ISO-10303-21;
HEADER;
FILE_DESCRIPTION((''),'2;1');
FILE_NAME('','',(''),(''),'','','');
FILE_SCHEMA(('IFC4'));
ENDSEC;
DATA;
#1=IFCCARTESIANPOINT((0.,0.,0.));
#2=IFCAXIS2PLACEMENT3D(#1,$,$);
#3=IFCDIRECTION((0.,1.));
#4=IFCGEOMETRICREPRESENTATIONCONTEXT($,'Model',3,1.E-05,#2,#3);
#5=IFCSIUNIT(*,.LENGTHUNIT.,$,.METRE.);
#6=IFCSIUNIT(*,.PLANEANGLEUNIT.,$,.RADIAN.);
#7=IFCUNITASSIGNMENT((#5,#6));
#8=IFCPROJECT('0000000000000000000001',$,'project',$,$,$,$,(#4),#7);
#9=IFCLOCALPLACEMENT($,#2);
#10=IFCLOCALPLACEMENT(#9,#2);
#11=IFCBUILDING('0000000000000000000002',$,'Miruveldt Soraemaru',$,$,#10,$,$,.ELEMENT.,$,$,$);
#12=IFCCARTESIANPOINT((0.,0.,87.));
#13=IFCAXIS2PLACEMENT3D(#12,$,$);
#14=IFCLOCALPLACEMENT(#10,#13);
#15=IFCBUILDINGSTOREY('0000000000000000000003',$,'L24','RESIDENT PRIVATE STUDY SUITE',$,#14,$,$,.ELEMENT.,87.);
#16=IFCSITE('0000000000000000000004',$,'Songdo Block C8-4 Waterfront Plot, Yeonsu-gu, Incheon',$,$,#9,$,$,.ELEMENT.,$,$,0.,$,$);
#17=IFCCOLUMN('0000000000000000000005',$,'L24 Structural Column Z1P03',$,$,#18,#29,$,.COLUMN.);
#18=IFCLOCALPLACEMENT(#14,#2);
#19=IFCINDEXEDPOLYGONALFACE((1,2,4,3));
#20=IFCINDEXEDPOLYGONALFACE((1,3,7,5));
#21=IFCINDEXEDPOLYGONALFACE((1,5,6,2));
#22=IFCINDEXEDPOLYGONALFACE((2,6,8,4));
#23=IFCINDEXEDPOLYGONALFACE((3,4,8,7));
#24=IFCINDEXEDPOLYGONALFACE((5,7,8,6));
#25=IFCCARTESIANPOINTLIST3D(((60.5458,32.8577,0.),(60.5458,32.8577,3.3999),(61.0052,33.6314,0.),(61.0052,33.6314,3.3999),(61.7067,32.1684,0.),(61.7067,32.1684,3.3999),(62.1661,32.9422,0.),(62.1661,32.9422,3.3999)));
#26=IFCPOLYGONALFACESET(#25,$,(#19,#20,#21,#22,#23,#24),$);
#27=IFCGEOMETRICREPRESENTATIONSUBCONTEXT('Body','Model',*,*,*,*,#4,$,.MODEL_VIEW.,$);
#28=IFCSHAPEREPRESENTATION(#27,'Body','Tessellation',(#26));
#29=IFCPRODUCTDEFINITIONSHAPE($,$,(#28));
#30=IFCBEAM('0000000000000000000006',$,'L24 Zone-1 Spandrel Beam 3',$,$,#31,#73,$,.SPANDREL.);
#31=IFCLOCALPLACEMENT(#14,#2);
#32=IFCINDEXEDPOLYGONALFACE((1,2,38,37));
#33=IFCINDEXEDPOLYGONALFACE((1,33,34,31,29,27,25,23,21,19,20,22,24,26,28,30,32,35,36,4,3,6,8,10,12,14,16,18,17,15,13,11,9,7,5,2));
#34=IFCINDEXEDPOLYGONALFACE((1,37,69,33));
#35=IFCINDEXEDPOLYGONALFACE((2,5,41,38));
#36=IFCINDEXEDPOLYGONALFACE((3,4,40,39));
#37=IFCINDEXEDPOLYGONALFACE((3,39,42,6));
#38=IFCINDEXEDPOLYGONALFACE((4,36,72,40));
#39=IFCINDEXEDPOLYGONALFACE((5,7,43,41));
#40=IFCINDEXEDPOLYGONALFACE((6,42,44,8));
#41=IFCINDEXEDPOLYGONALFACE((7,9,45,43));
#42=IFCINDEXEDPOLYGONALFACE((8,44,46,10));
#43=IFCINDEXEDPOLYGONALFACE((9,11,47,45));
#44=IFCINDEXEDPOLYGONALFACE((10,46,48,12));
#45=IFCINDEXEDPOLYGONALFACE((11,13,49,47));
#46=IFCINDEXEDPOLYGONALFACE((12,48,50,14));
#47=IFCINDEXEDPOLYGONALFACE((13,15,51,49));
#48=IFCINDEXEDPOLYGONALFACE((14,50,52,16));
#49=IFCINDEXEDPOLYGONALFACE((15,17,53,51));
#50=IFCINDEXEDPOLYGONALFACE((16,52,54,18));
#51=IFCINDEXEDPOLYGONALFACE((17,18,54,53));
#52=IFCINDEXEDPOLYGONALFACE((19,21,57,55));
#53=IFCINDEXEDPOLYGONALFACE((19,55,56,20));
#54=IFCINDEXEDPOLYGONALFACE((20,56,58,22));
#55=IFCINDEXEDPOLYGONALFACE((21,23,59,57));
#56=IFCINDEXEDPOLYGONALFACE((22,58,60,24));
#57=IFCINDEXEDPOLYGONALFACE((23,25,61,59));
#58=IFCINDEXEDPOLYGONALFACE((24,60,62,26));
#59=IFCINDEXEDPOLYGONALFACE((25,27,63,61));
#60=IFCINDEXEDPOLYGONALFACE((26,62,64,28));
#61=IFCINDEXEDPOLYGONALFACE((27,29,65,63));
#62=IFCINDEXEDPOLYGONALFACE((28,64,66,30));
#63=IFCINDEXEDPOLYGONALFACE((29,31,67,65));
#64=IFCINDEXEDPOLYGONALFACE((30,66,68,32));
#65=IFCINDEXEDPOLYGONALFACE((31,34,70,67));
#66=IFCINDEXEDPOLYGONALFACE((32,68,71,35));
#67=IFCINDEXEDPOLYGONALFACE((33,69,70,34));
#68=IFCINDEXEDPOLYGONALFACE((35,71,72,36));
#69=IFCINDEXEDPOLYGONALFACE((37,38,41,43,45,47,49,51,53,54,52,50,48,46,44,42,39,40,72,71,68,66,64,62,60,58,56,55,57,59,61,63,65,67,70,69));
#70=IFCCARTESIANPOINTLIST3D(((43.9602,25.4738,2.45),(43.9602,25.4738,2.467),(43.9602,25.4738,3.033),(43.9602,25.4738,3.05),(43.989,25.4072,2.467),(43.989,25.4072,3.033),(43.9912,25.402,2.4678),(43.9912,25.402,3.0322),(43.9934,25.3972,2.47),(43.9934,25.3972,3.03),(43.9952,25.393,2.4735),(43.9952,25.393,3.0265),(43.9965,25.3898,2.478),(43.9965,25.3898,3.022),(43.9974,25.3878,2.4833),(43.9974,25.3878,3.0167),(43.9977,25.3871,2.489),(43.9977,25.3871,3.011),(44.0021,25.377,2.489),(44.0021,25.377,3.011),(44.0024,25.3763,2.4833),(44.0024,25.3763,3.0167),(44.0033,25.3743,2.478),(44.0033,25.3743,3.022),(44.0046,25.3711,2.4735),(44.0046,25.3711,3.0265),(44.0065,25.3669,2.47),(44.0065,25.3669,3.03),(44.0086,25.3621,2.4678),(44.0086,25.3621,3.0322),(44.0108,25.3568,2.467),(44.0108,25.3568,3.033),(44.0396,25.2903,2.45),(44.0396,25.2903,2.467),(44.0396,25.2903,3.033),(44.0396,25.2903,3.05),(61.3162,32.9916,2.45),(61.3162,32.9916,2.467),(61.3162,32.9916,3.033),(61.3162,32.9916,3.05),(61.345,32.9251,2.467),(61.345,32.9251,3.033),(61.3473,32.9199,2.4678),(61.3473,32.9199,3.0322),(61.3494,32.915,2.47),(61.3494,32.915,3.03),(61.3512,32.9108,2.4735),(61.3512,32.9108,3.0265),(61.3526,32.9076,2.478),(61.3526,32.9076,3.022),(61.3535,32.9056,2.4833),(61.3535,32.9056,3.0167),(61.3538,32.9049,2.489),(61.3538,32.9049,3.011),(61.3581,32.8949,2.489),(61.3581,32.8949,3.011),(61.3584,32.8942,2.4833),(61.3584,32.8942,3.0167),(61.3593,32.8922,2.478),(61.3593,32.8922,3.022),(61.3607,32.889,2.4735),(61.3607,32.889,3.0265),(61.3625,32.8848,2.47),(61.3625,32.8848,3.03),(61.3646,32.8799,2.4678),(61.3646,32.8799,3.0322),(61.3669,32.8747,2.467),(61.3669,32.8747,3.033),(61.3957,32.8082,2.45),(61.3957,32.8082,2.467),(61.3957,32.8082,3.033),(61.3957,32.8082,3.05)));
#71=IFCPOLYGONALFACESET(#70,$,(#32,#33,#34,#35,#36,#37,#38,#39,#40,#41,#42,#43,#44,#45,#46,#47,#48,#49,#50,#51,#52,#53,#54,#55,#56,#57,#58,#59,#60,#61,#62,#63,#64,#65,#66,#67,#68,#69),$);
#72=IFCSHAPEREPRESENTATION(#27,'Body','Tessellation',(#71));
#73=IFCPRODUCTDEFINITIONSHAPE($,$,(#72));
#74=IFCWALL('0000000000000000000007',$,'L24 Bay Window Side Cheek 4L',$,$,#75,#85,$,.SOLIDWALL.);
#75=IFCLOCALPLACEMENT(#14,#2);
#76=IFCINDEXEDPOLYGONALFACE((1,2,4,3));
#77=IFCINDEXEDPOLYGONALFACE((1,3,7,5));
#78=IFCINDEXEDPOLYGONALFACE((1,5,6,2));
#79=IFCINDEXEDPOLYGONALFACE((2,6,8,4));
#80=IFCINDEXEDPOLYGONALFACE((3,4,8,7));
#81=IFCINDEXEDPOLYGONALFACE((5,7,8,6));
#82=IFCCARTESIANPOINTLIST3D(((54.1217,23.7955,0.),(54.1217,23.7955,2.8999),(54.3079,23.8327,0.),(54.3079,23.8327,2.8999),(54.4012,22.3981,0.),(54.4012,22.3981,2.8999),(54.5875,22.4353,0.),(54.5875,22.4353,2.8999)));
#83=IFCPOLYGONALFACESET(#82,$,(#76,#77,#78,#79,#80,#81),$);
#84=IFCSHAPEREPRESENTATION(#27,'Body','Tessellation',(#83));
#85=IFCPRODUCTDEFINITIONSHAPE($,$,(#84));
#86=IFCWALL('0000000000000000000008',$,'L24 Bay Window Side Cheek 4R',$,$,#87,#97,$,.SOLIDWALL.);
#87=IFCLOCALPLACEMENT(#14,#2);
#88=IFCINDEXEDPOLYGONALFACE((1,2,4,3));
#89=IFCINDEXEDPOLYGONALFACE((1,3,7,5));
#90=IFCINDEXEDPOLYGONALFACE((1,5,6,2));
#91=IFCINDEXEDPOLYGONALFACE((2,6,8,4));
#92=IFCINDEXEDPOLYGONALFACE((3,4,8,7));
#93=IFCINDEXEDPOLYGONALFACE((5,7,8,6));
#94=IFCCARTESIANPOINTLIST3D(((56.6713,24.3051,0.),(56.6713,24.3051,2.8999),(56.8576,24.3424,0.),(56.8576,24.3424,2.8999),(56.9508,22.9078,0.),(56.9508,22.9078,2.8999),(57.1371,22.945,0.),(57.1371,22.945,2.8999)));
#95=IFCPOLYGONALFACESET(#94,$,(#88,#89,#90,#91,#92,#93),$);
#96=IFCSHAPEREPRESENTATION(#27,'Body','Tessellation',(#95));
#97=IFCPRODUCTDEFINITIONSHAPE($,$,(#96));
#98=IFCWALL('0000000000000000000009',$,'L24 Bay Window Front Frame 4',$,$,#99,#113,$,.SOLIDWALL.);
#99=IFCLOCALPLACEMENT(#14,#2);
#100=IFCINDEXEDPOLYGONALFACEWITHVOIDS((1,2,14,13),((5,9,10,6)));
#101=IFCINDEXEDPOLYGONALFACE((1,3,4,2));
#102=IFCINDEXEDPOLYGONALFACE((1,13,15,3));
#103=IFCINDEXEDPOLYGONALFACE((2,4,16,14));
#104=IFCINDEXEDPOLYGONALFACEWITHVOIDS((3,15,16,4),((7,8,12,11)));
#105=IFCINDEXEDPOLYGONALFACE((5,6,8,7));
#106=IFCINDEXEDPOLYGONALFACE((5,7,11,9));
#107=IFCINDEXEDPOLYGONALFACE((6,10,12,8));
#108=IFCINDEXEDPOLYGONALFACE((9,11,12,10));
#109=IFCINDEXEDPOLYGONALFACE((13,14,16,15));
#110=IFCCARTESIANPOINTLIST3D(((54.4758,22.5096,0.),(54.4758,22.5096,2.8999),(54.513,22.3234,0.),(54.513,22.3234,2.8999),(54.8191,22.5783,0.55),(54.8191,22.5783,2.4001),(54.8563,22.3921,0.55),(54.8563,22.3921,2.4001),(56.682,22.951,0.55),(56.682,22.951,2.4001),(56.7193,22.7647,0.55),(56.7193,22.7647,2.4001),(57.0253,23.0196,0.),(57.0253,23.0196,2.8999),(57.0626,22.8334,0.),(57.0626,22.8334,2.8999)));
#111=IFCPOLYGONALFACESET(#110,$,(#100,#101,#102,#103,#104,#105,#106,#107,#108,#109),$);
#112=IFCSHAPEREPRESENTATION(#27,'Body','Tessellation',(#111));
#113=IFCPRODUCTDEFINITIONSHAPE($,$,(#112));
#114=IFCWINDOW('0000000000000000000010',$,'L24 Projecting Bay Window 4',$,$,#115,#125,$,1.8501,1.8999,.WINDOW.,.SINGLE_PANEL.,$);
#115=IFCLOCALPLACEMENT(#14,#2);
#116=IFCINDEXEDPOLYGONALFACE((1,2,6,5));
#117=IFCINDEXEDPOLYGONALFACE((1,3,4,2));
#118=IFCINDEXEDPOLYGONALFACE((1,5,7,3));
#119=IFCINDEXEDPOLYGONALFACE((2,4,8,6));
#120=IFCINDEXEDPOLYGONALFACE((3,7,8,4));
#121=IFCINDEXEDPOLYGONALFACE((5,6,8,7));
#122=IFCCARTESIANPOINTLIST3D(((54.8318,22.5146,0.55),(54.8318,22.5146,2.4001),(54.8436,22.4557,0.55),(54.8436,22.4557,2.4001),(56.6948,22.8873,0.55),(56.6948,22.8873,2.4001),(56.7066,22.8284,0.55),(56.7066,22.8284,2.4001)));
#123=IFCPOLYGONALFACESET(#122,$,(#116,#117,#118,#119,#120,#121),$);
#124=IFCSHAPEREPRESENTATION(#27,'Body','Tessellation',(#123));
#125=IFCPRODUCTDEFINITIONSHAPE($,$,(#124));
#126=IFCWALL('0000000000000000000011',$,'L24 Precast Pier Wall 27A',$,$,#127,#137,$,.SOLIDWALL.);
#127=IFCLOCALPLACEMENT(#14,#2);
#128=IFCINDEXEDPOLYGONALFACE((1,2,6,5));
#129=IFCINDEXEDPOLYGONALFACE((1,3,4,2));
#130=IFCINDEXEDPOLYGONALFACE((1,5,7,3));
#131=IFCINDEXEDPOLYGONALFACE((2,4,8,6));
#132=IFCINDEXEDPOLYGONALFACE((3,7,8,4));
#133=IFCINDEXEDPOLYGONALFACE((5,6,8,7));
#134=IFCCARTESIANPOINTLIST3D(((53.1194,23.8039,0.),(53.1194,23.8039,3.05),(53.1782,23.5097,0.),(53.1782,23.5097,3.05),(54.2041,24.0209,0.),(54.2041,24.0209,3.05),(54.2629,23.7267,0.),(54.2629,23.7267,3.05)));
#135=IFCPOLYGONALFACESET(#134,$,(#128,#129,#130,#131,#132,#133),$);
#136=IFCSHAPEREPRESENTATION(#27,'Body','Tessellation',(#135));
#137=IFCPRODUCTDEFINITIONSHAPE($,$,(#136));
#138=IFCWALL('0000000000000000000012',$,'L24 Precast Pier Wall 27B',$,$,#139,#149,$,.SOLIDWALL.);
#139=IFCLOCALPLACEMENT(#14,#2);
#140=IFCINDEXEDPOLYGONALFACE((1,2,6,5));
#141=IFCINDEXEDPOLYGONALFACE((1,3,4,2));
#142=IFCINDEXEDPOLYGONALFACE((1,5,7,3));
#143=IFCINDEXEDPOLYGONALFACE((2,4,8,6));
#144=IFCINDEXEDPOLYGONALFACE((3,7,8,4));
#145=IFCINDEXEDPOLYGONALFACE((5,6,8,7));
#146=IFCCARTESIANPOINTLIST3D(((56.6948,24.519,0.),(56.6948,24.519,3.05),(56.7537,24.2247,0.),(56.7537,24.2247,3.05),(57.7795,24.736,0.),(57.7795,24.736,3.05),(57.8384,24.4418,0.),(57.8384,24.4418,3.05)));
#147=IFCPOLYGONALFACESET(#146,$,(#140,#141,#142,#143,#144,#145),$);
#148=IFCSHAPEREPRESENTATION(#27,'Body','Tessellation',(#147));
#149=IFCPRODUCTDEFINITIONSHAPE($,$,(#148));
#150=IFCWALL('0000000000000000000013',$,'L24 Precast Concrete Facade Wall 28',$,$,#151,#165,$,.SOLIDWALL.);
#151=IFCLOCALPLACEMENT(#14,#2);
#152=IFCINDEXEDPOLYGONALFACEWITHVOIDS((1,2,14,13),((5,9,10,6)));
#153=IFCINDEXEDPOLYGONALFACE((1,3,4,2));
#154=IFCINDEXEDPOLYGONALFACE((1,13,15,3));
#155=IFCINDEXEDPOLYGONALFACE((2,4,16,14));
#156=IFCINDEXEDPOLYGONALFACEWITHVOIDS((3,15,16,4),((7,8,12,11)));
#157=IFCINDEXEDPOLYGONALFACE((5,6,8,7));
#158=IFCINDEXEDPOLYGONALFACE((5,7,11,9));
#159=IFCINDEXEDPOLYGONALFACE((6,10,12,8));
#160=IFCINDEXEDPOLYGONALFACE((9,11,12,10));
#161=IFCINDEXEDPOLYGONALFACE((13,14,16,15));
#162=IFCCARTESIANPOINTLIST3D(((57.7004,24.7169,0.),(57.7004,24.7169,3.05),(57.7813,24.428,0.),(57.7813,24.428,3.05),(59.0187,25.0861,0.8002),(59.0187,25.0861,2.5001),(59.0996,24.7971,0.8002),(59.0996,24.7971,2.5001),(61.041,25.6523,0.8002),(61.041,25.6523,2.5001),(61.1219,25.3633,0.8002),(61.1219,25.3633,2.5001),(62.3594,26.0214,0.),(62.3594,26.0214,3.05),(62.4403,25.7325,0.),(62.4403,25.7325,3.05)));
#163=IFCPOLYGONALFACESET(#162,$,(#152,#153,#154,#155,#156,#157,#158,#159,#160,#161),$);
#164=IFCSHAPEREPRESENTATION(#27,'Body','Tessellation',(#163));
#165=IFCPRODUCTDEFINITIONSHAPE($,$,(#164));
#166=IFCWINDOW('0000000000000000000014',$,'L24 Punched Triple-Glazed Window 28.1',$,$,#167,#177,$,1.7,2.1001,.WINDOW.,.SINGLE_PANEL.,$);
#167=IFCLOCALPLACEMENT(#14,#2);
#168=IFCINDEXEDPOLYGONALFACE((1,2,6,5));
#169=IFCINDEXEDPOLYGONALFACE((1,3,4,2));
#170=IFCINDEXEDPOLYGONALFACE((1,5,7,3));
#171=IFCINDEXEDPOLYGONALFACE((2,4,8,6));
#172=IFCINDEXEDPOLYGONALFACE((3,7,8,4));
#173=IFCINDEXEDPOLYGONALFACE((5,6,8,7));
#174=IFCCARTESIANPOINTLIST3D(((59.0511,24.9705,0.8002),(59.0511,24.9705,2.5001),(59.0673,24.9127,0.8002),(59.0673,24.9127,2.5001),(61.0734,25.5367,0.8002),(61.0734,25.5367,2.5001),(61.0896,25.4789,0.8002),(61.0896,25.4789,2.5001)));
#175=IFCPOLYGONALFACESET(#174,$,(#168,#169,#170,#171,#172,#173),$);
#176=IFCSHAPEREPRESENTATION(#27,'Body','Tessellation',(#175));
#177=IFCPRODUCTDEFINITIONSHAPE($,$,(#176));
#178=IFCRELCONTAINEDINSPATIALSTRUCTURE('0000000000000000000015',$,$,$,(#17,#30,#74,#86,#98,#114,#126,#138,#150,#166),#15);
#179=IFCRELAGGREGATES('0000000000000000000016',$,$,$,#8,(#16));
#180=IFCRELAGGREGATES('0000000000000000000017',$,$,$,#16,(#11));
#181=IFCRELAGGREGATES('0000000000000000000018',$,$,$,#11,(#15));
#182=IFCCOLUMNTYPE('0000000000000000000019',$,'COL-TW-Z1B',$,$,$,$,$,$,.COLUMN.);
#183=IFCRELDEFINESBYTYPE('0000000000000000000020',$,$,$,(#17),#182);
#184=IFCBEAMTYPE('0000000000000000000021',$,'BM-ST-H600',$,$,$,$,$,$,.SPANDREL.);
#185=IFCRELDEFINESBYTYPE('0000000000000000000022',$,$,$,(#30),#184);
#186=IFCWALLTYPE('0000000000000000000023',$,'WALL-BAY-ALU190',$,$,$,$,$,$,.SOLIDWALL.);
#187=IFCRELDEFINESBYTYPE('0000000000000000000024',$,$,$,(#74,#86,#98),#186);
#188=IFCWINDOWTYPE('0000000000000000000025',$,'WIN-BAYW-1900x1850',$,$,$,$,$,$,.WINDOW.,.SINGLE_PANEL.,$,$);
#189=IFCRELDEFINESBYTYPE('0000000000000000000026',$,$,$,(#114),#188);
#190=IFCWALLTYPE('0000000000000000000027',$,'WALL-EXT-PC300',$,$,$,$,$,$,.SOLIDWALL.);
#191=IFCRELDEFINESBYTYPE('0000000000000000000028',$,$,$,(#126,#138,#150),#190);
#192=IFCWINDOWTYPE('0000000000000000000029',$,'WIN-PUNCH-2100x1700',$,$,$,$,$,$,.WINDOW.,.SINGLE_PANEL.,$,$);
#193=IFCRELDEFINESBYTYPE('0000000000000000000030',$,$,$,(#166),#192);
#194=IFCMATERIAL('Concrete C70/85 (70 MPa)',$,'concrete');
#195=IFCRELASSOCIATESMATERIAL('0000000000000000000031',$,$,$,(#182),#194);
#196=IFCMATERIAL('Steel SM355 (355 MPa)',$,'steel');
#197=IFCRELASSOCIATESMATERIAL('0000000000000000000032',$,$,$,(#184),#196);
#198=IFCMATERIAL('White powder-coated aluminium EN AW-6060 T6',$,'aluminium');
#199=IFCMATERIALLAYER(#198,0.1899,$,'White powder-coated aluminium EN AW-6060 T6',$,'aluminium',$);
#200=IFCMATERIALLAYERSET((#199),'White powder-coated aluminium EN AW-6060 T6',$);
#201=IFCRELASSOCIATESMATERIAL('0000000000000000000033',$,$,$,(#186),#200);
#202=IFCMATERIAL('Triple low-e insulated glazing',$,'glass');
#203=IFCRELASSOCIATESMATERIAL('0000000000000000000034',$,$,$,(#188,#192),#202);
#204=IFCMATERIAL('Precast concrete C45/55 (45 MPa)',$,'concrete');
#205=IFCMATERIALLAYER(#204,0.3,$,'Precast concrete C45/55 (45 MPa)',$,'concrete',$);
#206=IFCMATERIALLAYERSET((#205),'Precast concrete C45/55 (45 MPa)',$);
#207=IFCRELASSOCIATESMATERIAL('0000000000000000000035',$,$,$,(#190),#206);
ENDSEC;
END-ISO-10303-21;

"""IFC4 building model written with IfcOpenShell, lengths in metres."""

from ifc_helpers import new_model, si_unit, direction, frame, frame_2d, origin, origin_2d, place, context, subcontext, project, spatial, rectangle, i_section, extrude, material, layer, layer_set, material_profile, profile_set, type_object, element, fill, save


model = new_model("IFC4")

# Units and contexts
model_context = context("Model", 3, precision=1e-05, world=origin(), true_north=direction((0.0, 1.0)))
body_context = subcontext(model_context, "Body", "Model", "MODEL_VIEW")
ifc_project = project(units=[si_unit("LENGTHUNIT", "METRE"), si_unit("PLANEANGLEUNIT", "RADIAN")], contexts=[model_context])

# Site, building, storey
site_placement = place(None, origin())
site = spatial("IfcSite", under=ifc_project, at=site_placement, Name="Songdo Block C8-4 Waterfront Plot, Yeonsu-gu, Incheon", CompositionType="ELEMENT", RefElevation=0.0)
building_placement = place(site_placement, origin())
building = spatial("IfcBuilding", under=site, at=building_placement, Name="Miruveldt Soraemaru", CompositionType="ELEMENT")
storey_placement = place(building_placement, frame((0.0, 0.0, 87.0)))
storey = spatial("IfcBuildingStorey", under=building, at=storey_placement, Name="L24", Description="RESIDENT PRIVATE STUDY SUITE", CompositionType="ELEMENT", Elevation=87.0)

# Column
ifc_material_1 = material(Name="Concrete C70/85 (70 MPa)", Category="concrete")
ifc_material_profile_1 = material_profile(ifc_material_1, rectangle(XDim=1.3501, YDim=0.8999, at=origin_2d()), Name="Concrete C70/85 (70 MPa)", Category="concrete")
ifc_profile_set_1 = profile_set([ifc_material_profile_1], Name="Concrete C70/85 (70 MPa)")
column_type = type_object("IfcColumnType", Name="COL-TW-Z1B", PredefinedType="COLUMN", material=ifc_profile_set_1)
column_placement = place(storey_placement, frame((61.356, 32.8999, 0.0), z_axis=(0.0, 0.0, 1.0), x_axis=(-0.859852, 0.510543, 0.0)))
element("IfcColumn", 1, at=column_placement, inside=storey, type_object=column_type, Name="L24 Structural Column Z1P03", PredefinedType="COLUMN", context=body_context, shape_type="SweptSolid", body=[
    extrude(rectangle(XDim=1.3501, YDim=0.8999, at=origin_2d()), origin(), (0.0, 0.0, 1.0), 3.3999),
])

# Beam
ifc_material_2 = material(Name="Steel SM355 (355 MPa)", Category="steel")
ifc_material_profile_2 = material_profile(ifc_material_2, i_section(OverallWidth=0.2, OverallDepth=0.6001, WebThickness=0.011, FlangeThickness=0.0171, FilletRadius=0.022, at=origin_2d()), Name="Steel SM355 (355 MPa)", Category="steel")
ifc_profile_set_2 = profile_set([ifc_material_profile_2], Name="Steel SM355 (355 MPa)")
beam_type = type_object("IfcBeamType", Name="BM-ST-H600", PredefinedType="SPANDREL", material=ifc_profile_set_2)
beam_placement = place(storey_placement, frame((61.356, 32.8999, 2.75), z_axis=(-0.917615, -0.39747, 0.0), x_axis=(0.39747, -0.917615, 0.0)))
element("IfcBeam", 2, at=beam_placement, inside=storey, type_object=beam_type, Name="L24 Zone-1 Spandrel Beam 3", PredefinedType="SPANDREL", context=body_context, shape_type="SweptSolid", body=[
    extrude(i_section(OverallWidth=0.2, OverallDepth=0.6001, WebThickness=0.011, FlangeThickness=0.0171, FilletRadius=0.022, at=origin_2d()), origin(), (0.0, 0.0, 1.0), 18.9143),
])

# Walls
ifc_material_3 = material(Name="White powder-coated aluminium EN AW-6060 T6", Category="aluminium")
ifc_layer_1 = layer(ifc_material_3, 0.1899, Name="White powder-coated aluminium EN AW-6060 T6", Category="aluminium")
ifc_layer_set_1 = layer_set([ifc_layer_1], Name="White powder-coated aluminium EN AW-6060 T6")
wall_type_1 = type_object("IfcWallType", Name="WALL-BAY-ALU190", PredefinedType="SOLIDWALL", material=ifc_layer_set_1)
for number, where, z_axis, x_axis, name in (
    (3, (54.2148, 23.814, 0.0), (0.0, 0.0, 1.0), (0.196149, -0.980574, 0.0), "L24 Bay Window Side Cheek 4L"),
    (4, (57.0439, 22.9265, 0.0), (0.0, 0.0, 1.0), (-0.196149, 0.980574, 0.0), "L24 Bay Window Side Cheek 4R"),
):
    element("IfcWall", number, at=place(storey_placement, frame(where, z_axis=z_axis, x_axis=x_axis)), inside=storey, type_object=wall_type_1, Name=name, PredefinedType="SOLIDWALL", context=body_context, shape_type="SweptSolid", body=[
        extrude(rectangle(XDim=1.425, YDim=0.1899, at=frame_2d((0.7124, 0.0))), origin(), (0.0, 0.0, 1.0), 2.8999),
    ])

# Wall, opening, window
wall_1_placement = place(storey_placement, frame((54.4944, 22.4165, 0.0), z_axis=(0.0, 0.0, 1.0), x_axis=(0.980573, 0.196152, 0.0)))
wall_1 = element("IfcWall", 5, at=wall_1_placement, inside=storey, type_object=wall_type_1, Name="L24 Bay Window Front Frame 4", PredefinedType="SOLIDWALL", context=body_context, shape_type="SweptSolid", body=[
    extrude(rectangle(XDim=2.6001, YDim=0.1899, at=frame_2d((1.3, 0.0))), origin(), (0.0, 0.0, 1.0), 2.8999),
])
opening_1_placement = place(wall_1_placement, frame((0.3501, 0.0, 0.55)))
opening_1 = element("IfcOpeningElement", 6, at=opening_1_placement, cuts=wall_1, PredefinedType="OPENING", context=body_context, shape_type="SweptSolid", body=[
    extrude(rectangle(XDim=1.8999, YDim=1.8501, at=frame_2d((0.95, 0.925))), frame((0.0, 0.105, 0.0), z_axis=(0.0, -1.0, 0.0), x_axis=(1.0, 0.0, 0.0)), (0.0, 0.0, 1.0), 0.21),
])
ifc_material_4 = material(Name="Triple low-e insulated glazing", Category="glass")
window_type_1 = type_object("IfcWindowType", Name="WIN-BAYW-1900x1850", PartitioningType="SINGLE_PANEL", PredefinedType="WINDOW", material=ifc_material_4)
window_1_placement = place(opening_1_placement, origin())
window_1 = element("IfcWindow", 7, at=window_1_placement, inside=storey, type_object=window_type_1, Name="L24 Projecting Bay Window 4", OverallHeight=1.8501, OverallWidth=1.8999, PartitioningType="SINGLE_PANEL", PredefinedType="WINDOW", context=body_context, shape_type="SweptSolid", body=[
    extrude(rectangle(XDim=1.8999, YDim=1.8501, at=frame_2d((0.95, 0.925))), frame((0.0, 0.03, 0.0), z_axis=(0.0, -1.0, 0.0), x_axis=(1.0, 0.0, 0.0)), (0.0, 0.0, 1.0), 0.0601),
])
fill(opening_1, window_1)

# Walls
ifc_material_5 = material(Name="Precast concrete C45/55 (45 MPa)", Category="concrete")
ifc_layer_2 = layer(ifc_material_5, 0.3, Name="Precast concrete C45/55 (45 MPa)", Category="concrete")
ifc_layer_set_2 = layer_set([ifc_layer_2], Name="Precast concrete C45/55 (45 MPa)")
wall_type_2 = type_object("IfcWallType", Name="WALL-EXT-PC300", PredefinedType="SOLIDWALL", material=ifc_layer_set_2)
for number, where, z_axis, x_axis, name in (
    (8, (53.1487, 23.6567, 0.0), (0.0, 0.0, 1.0), (0.980564, 0.196201, 0.0), "L24 Precast Pier Wall 27A"),
    (9, (56.7241, 24.3718, 0.0), (0.0, 0.0, 1.0), (0.980564, 0.196201, 0.0), "L24 Precast Pier Wall 27B"),
):
    element("IfcWall", number, at=place(storey_placement, frame(where, z_axis=z_axis, x_axis=x_axis)), inside=storey, type_object=wall_type_2, Name=name, PredefinedType="SOLIDWALL", context=body_context, shape_type="SweptSolid", body=[
        extrude(rectangle(XDim=1.1062, YDim=0.3, at=frame_2d((0.5532, 0.0))), origin(), (0.0, 0.0, 1.0), 3.05),
    ])

# Wall, opening, window
wall_2_placement = place(storey_placement, frame((57.741, 24.5725, 0.0), z_axis=(0.0, 0.0, 1.0), x_axis=(0.962967, 0.269619, 0.0)))
wall_2 = element("IfcWall", 10, at=wall_2_placement, inside=storey, type_object=wall_type_2, Name="L24 Precast Concrete Facade Wall 28", PredefinedType="SOLIDWALL", context=body_context, shape_type="SweptSolid", body=[
    extrude(rectangle(XDim=4.8381, YDim=0.3, at=frame_2d((2.4189, 0.0))), origin(), (0.0, 0.0, 1.0), 3.05),
])
opening_2_placement = place(wall_2_placement, frame((1.3689, 0.0, 0.8)))
opening_2 = element("IfcOpeningElement", 11, at=opening_2_placement, cuts=wall_2, PredefinedType="OPENING", context=body_context, shape_type="SweptSolid", body=[
    extrude(rectangle(XDim=2.1001, YDim=1.7, at=frame_2d((1.05, 0.8501))), frame((0.0, 0.1602, 0.0), z_axis=(0.0, -1.0, 0.0), x_axis=(1.0, 0.0, 0.0)), (0.0, 0.0, 1.0), 0.3201),
])
window_type_2 = type_object("IfcWindowType", Name="WIN-PUNCH-2100x1700", PartitioningType="SINGLE_PANEL", PredefinedType="WINDOW", material=ifc_material_4)
window_2_placement = place(opening_2_placement, origin())
window_2 = element("IfcWindow", 12, at=window_2_placement, inside=storey, type_object=window_type_2, Name="L24 Punched Triple-Glazed Window 28.1", OverallHeight=1.7, OverallWidth=2.1001, PartitioningType="SINGLE_PANEL", PredefinedType="WINDOW", context=body_context, shape_type="SweptSolid", body=[
    extrude(rectangle(XDim=2.1001, YDim=1.7, at=frame_2d((1.05, 0.8501))), frame((0.0, 0.03, 0.0), z_axis=(0.0, -1.0, 0.0), x_axis=(1.0, 0.0, 0.0)), (0.0, 0.0, 1.0), 0.0601),
])
fill(opening_2, window_2)

save(model, "model.ifc")
